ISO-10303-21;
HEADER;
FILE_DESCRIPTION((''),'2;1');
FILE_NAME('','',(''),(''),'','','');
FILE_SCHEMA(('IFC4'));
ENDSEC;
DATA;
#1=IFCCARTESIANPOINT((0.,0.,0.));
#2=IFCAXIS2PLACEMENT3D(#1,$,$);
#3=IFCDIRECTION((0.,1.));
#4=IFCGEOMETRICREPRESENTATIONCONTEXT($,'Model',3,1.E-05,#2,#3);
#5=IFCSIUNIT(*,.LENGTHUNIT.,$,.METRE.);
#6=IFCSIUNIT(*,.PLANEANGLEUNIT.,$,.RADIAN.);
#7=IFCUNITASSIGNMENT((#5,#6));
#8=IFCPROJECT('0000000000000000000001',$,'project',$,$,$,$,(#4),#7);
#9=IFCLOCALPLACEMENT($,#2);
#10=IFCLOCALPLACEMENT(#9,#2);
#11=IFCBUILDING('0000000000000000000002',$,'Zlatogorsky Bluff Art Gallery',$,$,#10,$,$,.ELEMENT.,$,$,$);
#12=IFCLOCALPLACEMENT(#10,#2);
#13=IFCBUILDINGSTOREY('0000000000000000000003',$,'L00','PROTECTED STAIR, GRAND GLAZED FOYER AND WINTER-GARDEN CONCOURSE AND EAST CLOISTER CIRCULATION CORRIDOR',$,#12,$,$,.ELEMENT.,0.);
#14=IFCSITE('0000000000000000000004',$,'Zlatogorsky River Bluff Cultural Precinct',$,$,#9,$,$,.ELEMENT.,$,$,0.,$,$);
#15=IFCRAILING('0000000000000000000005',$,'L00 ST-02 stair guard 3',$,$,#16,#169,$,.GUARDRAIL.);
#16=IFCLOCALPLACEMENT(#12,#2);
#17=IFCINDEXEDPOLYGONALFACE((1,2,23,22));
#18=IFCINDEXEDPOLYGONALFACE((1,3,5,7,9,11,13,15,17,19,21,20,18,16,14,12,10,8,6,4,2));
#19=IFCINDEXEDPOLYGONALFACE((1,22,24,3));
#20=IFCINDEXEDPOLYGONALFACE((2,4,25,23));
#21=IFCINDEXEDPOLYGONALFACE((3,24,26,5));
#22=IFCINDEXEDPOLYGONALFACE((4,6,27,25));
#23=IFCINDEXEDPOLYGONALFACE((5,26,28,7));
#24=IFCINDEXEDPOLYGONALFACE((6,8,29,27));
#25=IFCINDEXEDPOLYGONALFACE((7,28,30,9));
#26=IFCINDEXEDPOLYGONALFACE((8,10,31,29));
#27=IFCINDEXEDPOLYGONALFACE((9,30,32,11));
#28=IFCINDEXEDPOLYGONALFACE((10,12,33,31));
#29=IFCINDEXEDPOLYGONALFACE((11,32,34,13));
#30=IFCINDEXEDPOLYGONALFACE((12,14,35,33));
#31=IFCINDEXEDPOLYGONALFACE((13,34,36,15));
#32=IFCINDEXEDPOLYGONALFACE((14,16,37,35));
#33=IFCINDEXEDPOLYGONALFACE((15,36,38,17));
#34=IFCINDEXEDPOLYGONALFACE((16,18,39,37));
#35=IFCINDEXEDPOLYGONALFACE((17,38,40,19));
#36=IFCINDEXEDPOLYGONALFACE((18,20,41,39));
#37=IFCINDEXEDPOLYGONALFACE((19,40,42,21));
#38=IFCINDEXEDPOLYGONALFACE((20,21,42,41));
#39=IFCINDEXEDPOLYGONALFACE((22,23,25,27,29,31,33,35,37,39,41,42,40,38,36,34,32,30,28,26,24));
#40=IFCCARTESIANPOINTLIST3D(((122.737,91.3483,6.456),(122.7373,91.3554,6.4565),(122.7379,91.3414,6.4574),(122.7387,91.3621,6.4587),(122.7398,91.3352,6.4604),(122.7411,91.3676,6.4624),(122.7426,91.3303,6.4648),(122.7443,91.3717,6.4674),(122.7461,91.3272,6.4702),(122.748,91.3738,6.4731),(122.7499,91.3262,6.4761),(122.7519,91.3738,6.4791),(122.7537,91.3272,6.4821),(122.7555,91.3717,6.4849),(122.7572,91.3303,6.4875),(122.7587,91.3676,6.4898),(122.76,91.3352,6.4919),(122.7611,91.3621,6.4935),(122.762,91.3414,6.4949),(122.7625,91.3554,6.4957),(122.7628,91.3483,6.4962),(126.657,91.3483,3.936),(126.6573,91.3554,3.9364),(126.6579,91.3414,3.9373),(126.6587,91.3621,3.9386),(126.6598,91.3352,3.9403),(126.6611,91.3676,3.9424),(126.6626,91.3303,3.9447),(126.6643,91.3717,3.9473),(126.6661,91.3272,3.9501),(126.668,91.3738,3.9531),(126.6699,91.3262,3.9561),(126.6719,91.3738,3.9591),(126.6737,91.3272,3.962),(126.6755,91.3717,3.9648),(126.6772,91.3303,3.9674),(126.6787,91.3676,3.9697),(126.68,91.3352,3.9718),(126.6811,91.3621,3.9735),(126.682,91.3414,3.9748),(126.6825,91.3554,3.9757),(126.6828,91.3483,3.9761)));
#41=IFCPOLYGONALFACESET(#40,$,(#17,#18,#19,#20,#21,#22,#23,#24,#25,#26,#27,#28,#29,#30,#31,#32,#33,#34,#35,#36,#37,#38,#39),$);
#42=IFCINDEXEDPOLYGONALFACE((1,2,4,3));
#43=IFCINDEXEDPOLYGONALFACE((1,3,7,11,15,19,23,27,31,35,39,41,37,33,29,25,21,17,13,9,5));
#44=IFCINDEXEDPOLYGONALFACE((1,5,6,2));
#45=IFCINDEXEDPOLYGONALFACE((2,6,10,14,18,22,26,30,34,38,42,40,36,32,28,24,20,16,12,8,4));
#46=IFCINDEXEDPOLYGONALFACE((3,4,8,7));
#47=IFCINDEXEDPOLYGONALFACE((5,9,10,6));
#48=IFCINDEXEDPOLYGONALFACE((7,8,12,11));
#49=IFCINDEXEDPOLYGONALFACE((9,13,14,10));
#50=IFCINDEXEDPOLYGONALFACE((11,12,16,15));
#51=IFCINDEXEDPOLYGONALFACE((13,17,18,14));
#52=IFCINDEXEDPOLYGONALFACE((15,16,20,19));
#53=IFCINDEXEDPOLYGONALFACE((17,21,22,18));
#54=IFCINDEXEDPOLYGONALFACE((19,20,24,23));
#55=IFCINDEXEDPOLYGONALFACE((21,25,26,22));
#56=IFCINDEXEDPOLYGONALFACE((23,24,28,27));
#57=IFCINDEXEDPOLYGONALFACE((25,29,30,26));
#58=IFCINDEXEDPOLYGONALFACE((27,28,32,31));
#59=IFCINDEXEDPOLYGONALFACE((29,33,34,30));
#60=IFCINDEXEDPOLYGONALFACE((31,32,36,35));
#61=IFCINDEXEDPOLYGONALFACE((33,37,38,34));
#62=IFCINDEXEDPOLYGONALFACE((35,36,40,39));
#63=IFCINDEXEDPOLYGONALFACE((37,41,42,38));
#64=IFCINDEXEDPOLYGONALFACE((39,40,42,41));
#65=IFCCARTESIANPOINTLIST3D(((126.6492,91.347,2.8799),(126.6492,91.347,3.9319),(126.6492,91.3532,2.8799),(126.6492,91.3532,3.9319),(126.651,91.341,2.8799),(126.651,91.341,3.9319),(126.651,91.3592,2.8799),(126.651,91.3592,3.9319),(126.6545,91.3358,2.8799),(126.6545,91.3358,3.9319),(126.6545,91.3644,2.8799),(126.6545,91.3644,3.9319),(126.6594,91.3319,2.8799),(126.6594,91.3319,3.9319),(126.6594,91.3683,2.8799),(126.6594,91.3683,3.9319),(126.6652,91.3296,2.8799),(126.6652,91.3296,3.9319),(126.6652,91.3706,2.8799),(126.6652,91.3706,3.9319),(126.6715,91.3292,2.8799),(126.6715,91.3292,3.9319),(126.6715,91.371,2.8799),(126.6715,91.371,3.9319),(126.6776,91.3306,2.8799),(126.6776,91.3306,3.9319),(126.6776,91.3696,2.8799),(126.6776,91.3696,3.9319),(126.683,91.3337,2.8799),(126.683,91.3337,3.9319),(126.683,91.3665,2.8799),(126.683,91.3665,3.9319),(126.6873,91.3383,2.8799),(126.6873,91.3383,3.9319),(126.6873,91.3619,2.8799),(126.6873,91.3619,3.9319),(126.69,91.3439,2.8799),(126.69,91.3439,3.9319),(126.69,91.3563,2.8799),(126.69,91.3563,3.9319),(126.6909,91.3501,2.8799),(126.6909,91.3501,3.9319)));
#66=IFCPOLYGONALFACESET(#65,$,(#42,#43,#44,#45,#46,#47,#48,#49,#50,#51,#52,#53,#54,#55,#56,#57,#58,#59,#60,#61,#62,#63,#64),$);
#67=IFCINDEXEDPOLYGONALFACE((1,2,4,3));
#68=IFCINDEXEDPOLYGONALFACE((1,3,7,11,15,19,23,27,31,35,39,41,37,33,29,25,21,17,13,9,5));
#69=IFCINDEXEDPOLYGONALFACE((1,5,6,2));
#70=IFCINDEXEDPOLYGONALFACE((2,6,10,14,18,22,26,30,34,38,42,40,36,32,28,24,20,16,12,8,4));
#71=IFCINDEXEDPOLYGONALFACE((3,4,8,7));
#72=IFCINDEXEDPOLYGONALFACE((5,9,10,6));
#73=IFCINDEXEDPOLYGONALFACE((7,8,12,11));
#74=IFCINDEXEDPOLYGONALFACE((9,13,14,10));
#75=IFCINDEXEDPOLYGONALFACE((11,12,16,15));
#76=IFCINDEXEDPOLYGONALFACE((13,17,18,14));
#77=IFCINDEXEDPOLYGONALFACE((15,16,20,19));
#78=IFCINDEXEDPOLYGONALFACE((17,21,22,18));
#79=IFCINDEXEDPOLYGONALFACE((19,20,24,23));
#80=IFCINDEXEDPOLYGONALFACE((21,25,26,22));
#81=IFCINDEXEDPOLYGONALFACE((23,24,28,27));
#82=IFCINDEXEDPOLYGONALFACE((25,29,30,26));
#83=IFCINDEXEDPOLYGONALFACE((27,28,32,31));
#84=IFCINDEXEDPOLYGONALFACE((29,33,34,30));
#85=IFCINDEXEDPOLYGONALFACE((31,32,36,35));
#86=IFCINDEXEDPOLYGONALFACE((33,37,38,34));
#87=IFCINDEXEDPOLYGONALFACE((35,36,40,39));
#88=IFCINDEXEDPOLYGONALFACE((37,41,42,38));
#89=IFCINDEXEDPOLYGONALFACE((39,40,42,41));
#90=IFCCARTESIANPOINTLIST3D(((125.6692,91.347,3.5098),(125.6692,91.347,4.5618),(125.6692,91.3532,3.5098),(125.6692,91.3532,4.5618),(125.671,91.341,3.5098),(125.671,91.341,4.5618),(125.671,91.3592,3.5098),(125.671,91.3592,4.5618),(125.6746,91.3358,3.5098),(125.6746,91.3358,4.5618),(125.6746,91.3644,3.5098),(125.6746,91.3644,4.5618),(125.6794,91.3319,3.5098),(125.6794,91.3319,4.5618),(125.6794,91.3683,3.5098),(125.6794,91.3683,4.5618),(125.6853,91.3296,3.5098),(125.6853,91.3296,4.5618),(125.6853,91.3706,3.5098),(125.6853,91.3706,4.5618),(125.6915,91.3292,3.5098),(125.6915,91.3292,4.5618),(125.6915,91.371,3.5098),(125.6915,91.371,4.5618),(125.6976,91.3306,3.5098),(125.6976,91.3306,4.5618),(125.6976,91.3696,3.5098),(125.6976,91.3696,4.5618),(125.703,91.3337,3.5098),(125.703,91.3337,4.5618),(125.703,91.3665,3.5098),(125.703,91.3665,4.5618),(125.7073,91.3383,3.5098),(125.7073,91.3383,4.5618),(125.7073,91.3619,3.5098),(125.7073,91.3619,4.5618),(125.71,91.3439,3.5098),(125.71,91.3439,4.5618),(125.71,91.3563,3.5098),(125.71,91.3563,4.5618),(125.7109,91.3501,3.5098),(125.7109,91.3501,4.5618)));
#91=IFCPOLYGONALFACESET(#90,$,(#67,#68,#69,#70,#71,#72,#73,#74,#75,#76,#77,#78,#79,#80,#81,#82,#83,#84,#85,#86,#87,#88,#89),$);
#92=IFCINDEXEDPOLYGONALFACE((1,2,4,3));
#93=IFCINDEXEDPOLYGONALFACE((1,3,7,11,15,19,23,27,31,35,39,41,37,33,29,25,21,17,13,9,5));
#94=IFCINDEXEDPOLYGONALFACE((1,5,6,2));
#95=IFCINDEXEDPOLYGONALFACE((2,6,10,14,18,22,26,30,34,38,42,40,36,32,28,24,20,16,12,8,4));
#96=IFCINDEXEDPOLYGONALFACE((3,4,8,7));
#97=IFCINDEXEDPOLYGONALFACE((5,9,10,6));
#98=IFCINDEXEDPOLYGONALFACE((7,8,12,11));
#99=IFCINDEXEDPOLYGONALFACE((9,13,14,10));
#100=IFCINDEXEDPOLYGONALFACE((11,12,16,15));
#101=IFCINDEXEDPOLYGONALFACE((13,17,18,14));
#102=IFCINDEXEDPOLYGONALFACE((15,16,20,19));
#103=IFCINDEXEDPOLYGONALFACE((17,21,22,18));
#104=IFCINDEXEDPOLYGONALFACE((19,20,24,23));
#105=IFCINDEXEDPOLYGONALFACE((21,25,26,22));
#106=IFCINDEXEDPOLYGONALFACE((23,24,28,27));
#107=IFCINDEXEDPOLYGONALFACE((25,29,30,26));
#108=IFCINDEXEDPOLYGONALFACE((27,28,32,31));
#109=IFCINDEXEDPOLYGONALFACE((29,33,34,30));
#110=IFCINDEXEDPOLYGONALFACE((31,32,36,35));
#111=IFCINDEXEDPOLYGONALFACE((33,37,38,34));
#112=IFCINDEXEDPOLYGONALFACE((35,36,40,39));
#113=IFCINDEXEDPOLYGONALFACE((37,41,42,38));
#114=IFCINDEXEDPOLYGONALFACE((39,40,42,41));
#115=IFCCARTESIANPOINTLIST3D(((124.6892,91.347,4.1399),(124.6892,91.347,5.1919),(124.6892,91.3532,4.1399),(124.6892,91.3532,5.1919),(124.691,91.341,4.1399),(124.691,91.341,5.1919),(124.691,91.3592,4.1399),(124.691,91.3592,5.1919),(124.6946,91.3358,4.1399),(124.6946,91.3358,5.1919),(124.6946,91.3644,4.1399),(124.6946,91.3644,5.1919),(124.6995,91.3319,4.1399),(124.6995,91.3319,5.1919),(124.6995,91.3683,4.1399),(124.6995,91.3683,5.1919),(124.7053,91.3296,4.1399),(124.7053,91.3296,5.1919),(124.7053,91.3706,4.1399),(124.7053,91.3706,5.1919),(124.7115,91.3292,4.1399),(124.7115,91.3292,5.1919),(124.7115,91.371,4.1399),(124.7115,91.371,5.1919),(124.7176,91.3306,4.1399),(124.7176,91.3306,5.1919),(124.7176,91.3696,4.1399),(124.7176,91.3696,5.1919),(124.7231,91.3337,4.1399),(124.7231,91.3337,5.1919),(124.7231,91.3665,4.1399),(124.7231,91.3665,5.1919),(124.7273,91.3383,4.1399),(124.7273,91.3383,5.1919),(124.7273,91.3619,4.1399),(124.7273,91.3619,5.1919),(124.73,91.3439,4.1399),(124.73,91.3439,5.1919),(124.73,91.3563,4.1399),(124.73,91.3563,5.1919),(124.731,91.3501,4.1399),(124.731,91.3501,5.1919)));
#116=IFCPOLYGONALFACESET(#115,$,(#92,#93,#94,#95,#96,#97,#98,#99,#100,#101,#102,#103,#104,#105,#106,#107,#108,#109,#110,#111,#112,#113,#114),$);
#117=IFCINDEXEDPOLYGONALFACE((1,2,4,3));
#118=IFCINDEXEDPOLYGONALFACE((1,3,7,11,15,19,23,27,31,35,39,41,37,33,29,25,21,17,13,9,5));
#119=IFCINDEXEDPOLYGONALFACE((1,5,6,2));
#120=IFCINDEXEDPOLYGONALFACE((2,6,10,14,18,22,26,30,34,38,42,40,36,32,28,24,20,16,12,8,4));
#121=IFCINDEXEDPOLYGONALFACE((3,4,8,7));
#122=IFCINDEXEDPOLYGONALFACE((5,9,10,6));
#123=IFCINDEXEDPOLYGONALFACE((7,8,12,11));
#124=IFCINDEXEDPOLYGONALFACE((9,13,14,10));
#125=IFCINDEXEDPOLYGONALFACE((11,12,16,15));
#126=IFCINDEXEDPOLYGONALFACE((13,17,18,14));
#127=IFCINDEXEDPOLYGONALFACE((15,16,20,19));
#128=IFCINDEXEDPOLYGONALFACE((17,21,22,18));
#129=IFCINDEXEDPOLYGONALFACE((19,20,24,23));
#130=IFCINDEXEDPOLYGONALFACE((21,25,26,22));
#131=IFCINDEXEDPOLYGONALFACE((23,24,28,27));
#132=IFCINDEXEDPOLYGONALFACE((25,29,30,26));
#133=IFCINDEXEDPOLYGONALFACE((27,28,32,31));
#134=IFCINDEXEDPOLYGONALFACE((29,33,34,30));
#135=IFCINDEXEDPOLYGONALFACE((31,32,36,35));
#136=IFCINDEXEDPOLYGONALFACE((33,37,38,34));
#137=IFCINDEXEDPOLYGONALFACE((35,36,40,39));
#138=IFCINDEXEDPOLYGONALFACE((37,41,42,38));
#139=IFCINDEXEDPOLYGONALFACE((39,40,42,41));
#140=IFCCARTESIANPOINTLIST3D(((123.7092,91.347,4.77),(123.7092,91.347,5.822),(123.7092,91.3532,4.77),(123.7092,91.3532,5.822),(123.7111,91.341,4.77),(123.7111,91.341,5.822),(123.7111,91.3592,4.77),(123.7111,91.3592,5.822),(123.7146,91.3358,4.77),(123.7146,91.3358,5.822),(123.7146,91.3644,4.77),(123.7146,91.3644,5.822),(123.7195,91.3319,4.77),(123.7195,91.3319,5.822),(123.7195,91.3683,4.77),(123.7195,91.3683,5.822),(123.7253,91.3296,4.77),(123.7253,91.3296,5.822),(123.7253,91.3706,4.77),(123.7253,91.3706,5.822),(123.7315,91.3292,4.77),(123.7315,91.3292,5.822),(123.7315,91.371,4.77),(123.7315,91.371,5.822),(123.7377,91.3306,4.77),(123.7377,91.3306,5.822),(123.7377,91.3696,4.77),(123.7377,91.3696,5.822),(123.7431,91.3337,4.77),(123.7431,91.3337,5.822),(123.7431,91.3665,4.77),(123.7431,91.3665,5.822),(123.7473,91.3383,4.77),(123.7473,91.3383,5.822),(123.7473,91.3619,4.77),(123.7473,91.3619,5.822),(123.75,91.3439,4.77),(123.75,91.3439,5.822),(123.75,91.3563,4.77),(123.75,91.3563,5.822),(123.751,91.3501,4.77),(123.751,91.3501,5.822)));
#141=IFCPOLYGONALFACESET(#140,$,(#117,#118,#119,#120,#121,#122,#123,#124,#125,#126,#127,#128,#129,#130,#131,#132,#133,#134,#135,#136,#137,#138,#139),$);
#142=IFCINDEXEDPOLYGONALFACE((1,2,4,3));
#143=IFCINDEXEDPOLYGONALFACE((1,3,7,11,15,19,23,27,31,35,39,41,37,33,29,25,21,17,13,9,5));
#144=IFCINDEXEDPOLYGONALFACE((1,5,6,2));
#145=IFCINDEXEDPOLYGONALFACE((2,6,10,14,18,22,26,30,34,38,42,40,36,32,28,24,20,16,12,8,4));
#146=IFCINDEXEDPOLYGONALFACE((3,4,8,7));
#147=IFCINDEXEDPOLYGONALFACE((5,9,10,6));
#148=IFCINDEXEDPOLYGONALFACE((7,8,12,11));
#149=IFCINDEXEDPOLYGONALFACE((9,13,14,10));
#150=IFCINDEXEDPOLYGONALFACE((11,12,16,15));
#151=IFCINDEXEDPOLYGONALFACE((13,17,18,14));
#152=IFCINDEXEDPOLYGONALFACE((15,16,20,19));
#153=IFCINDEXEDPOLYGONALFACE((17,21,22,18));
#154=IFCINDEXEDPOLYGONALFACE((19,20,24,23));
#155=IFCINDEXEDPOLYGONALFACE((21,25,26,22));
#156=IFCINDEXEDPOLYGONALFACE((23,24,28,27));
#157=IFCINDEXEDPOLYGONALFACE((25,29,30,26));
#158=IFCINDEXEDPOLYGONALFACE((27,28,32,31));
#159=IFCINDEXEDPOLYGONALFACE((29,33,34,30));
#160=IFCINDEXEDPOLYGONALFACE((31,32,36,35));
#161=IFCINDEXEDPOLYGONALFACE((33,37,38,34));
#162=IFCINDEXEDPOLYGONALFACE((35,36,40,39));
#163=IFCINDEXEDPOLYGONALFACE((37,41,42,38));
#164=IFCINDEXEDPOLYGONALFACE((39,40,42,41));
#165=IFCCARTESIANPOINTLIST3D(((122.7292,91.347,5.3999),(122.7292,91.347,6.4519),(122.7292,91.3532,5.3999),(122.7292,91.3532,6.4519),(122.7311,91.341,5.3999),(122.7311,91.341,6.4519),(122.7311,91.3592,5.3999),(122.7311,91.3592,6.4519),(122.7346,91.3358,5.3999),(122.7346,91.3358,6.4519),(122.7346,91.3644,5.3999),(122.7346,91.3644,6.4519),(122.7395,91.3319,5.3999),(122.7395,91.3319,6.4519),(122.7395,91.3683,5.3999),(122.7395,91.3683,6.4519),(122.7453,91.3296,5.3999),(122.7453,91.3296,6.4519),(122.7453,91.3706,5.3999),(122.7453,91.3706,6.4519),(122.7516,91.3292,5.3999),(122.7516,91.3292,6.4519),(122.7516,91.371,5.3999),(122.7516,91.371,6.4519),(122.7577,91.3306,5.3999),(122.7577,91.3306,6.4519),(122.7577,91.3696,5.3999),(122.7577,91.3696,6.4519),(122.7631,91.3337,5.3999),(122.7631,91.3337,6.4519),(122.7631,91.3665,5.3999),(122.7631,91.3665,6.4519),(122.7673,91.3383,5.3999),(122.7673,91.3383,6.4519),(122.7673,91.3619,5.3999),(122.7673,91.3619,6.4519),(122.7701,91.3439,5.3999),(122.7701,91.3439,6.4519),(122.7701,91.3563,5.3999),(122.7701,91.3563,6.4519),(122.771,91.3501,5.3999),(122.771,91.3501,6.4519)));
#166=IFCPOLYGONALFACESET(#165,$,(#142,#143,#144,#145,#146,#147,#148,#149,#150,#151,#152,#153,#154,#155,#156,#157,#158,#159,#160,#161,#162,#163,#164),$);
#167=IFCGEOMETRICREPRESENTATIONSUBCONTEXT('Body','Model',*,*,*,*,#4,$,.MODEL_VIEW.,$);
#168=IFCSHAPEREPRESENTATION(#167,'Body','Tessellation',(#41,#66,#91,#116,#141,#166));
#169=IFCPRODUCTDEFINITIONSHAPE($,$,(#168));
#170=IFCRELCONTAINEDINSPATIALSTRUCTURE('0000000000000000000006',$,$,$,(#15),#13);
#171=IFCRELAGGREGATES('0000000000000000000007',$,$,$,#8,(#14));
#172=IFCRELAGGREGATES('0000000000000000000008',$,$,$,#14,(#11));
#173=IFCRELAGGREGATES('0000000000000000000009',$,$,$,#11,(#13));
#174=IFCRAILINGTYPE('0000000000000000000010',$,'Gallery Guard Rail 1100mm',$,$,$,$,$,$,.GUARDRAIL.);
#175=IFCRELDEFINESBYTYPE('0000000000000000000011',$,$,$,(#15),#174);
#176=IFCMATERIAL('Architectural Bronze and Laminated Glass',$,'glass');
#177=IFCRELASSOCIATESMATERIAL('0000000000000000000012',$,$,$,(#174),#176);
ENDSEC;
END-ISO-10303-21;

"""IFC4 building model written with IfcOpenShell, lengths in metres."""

from ifc_helpers import new_model, si_unit, direction, frame, origin, origin_2d, place, context, subcontext, project, spatial, circle, extrude, material, type_object, element, save


model = new_model("IFC4")

# Units and contexts
model_context = context("Model", 3, precision=1e-05, world=origin(), true_north=direction((0.0, 1.0)))
body_context = subcontext(model_context, "Body", "Model", "MODEL_VIEW")
ifc_project = project(units=[si_unit("LENGTHUNIT", "METRE"), si_unit("PLANEANGLEUNIT", "RADIAN")], contexts=[model_context])

# Site, building, storey
site_placement = place(None, origin())
site = spatial("IfcSite", under=ifc_project, at=site_placement, Name="Zlatogorsky River Bluff Cultural Precinct", CompositionType="ELEMENT", RefElevation=0.0)
building_placement = place(site_placement, origin())
building = spatial("IfcBuilding", under=site, at=building_placement, Name="Zlatogorsky Bluff Art Gallery", CompositionType="ELEMENT")
storey_placement = place(building_placement, origin())
storey = spatial("IfcBuildingStorey", under=building, at=storey_placement, Name="L00", Description="PROTECTED STAIR, GRAND GLAZED FOYER AND WINTER-GARDEN CONCOURSE AND EAST CLOISTER CIRCULATION CORRIDOR", CompositionType="ELEMENT", Elevation=0.0)

# Railing
ifc_material_1 = material(Name="Architectural Bronze and Laminated Glass", Category="glass")
railing_type_1 = type_object("IfcRailingType", Name="Gallery Guard Rail 1100mm", PredefinedType="GUARDRAIL", material=ifc_material_1)
railing_1_placement = place(storey_placement, frame((126.6699, 91.3501, 2.8799)))
element("IfcRailing", 1, at=railing_1_placement, inside=storey, type_object=railing_type_1, Name="L00 ST-02 stair guard 3", PredefinedType="GUARDRAIL", context=body_context, shape_type="SweptSolid", body=[
    extrude(circle(Radius=0.0239, at=origin_2d()), frame((0.0, 0.0, 1.0762), z_axis=(-0.841172, 0.0, 0.540768), x_axis=(0.0, -1.0, 0.0)), (0.0, 0.0, 1.0), 4.6602),
    extrude(circle(Radius=0.021, at=origin_2d()), origin(), (0.0, 0.0, 1.0), 1.052),
    extrude(circle(Radius=0.021, at=origin_2d()), frame((-0.98, 0.0, 0.6299)), (0.0, 0.0, 1.0), 1.052),
    extrude(circle(Radius=0.021, at=origin_2d()), frame((-1.96, 0.0, 1.26)), (0.0, 0.0, 1.0), 1.052),
    extrude(circle(Radius=0.021, at=origin_2d()), frame((-2.9399, 0.0, 1.8901)), (0.0, 0.0, 1.0), 1.052),
    extrude(circle(Radius=0.021, at=origin_2d()), frame((-3.9199, 0.0, 2.52)), (0.0, 0.0, 1.0), 1.052),
])

save(model, "model.ifc")
